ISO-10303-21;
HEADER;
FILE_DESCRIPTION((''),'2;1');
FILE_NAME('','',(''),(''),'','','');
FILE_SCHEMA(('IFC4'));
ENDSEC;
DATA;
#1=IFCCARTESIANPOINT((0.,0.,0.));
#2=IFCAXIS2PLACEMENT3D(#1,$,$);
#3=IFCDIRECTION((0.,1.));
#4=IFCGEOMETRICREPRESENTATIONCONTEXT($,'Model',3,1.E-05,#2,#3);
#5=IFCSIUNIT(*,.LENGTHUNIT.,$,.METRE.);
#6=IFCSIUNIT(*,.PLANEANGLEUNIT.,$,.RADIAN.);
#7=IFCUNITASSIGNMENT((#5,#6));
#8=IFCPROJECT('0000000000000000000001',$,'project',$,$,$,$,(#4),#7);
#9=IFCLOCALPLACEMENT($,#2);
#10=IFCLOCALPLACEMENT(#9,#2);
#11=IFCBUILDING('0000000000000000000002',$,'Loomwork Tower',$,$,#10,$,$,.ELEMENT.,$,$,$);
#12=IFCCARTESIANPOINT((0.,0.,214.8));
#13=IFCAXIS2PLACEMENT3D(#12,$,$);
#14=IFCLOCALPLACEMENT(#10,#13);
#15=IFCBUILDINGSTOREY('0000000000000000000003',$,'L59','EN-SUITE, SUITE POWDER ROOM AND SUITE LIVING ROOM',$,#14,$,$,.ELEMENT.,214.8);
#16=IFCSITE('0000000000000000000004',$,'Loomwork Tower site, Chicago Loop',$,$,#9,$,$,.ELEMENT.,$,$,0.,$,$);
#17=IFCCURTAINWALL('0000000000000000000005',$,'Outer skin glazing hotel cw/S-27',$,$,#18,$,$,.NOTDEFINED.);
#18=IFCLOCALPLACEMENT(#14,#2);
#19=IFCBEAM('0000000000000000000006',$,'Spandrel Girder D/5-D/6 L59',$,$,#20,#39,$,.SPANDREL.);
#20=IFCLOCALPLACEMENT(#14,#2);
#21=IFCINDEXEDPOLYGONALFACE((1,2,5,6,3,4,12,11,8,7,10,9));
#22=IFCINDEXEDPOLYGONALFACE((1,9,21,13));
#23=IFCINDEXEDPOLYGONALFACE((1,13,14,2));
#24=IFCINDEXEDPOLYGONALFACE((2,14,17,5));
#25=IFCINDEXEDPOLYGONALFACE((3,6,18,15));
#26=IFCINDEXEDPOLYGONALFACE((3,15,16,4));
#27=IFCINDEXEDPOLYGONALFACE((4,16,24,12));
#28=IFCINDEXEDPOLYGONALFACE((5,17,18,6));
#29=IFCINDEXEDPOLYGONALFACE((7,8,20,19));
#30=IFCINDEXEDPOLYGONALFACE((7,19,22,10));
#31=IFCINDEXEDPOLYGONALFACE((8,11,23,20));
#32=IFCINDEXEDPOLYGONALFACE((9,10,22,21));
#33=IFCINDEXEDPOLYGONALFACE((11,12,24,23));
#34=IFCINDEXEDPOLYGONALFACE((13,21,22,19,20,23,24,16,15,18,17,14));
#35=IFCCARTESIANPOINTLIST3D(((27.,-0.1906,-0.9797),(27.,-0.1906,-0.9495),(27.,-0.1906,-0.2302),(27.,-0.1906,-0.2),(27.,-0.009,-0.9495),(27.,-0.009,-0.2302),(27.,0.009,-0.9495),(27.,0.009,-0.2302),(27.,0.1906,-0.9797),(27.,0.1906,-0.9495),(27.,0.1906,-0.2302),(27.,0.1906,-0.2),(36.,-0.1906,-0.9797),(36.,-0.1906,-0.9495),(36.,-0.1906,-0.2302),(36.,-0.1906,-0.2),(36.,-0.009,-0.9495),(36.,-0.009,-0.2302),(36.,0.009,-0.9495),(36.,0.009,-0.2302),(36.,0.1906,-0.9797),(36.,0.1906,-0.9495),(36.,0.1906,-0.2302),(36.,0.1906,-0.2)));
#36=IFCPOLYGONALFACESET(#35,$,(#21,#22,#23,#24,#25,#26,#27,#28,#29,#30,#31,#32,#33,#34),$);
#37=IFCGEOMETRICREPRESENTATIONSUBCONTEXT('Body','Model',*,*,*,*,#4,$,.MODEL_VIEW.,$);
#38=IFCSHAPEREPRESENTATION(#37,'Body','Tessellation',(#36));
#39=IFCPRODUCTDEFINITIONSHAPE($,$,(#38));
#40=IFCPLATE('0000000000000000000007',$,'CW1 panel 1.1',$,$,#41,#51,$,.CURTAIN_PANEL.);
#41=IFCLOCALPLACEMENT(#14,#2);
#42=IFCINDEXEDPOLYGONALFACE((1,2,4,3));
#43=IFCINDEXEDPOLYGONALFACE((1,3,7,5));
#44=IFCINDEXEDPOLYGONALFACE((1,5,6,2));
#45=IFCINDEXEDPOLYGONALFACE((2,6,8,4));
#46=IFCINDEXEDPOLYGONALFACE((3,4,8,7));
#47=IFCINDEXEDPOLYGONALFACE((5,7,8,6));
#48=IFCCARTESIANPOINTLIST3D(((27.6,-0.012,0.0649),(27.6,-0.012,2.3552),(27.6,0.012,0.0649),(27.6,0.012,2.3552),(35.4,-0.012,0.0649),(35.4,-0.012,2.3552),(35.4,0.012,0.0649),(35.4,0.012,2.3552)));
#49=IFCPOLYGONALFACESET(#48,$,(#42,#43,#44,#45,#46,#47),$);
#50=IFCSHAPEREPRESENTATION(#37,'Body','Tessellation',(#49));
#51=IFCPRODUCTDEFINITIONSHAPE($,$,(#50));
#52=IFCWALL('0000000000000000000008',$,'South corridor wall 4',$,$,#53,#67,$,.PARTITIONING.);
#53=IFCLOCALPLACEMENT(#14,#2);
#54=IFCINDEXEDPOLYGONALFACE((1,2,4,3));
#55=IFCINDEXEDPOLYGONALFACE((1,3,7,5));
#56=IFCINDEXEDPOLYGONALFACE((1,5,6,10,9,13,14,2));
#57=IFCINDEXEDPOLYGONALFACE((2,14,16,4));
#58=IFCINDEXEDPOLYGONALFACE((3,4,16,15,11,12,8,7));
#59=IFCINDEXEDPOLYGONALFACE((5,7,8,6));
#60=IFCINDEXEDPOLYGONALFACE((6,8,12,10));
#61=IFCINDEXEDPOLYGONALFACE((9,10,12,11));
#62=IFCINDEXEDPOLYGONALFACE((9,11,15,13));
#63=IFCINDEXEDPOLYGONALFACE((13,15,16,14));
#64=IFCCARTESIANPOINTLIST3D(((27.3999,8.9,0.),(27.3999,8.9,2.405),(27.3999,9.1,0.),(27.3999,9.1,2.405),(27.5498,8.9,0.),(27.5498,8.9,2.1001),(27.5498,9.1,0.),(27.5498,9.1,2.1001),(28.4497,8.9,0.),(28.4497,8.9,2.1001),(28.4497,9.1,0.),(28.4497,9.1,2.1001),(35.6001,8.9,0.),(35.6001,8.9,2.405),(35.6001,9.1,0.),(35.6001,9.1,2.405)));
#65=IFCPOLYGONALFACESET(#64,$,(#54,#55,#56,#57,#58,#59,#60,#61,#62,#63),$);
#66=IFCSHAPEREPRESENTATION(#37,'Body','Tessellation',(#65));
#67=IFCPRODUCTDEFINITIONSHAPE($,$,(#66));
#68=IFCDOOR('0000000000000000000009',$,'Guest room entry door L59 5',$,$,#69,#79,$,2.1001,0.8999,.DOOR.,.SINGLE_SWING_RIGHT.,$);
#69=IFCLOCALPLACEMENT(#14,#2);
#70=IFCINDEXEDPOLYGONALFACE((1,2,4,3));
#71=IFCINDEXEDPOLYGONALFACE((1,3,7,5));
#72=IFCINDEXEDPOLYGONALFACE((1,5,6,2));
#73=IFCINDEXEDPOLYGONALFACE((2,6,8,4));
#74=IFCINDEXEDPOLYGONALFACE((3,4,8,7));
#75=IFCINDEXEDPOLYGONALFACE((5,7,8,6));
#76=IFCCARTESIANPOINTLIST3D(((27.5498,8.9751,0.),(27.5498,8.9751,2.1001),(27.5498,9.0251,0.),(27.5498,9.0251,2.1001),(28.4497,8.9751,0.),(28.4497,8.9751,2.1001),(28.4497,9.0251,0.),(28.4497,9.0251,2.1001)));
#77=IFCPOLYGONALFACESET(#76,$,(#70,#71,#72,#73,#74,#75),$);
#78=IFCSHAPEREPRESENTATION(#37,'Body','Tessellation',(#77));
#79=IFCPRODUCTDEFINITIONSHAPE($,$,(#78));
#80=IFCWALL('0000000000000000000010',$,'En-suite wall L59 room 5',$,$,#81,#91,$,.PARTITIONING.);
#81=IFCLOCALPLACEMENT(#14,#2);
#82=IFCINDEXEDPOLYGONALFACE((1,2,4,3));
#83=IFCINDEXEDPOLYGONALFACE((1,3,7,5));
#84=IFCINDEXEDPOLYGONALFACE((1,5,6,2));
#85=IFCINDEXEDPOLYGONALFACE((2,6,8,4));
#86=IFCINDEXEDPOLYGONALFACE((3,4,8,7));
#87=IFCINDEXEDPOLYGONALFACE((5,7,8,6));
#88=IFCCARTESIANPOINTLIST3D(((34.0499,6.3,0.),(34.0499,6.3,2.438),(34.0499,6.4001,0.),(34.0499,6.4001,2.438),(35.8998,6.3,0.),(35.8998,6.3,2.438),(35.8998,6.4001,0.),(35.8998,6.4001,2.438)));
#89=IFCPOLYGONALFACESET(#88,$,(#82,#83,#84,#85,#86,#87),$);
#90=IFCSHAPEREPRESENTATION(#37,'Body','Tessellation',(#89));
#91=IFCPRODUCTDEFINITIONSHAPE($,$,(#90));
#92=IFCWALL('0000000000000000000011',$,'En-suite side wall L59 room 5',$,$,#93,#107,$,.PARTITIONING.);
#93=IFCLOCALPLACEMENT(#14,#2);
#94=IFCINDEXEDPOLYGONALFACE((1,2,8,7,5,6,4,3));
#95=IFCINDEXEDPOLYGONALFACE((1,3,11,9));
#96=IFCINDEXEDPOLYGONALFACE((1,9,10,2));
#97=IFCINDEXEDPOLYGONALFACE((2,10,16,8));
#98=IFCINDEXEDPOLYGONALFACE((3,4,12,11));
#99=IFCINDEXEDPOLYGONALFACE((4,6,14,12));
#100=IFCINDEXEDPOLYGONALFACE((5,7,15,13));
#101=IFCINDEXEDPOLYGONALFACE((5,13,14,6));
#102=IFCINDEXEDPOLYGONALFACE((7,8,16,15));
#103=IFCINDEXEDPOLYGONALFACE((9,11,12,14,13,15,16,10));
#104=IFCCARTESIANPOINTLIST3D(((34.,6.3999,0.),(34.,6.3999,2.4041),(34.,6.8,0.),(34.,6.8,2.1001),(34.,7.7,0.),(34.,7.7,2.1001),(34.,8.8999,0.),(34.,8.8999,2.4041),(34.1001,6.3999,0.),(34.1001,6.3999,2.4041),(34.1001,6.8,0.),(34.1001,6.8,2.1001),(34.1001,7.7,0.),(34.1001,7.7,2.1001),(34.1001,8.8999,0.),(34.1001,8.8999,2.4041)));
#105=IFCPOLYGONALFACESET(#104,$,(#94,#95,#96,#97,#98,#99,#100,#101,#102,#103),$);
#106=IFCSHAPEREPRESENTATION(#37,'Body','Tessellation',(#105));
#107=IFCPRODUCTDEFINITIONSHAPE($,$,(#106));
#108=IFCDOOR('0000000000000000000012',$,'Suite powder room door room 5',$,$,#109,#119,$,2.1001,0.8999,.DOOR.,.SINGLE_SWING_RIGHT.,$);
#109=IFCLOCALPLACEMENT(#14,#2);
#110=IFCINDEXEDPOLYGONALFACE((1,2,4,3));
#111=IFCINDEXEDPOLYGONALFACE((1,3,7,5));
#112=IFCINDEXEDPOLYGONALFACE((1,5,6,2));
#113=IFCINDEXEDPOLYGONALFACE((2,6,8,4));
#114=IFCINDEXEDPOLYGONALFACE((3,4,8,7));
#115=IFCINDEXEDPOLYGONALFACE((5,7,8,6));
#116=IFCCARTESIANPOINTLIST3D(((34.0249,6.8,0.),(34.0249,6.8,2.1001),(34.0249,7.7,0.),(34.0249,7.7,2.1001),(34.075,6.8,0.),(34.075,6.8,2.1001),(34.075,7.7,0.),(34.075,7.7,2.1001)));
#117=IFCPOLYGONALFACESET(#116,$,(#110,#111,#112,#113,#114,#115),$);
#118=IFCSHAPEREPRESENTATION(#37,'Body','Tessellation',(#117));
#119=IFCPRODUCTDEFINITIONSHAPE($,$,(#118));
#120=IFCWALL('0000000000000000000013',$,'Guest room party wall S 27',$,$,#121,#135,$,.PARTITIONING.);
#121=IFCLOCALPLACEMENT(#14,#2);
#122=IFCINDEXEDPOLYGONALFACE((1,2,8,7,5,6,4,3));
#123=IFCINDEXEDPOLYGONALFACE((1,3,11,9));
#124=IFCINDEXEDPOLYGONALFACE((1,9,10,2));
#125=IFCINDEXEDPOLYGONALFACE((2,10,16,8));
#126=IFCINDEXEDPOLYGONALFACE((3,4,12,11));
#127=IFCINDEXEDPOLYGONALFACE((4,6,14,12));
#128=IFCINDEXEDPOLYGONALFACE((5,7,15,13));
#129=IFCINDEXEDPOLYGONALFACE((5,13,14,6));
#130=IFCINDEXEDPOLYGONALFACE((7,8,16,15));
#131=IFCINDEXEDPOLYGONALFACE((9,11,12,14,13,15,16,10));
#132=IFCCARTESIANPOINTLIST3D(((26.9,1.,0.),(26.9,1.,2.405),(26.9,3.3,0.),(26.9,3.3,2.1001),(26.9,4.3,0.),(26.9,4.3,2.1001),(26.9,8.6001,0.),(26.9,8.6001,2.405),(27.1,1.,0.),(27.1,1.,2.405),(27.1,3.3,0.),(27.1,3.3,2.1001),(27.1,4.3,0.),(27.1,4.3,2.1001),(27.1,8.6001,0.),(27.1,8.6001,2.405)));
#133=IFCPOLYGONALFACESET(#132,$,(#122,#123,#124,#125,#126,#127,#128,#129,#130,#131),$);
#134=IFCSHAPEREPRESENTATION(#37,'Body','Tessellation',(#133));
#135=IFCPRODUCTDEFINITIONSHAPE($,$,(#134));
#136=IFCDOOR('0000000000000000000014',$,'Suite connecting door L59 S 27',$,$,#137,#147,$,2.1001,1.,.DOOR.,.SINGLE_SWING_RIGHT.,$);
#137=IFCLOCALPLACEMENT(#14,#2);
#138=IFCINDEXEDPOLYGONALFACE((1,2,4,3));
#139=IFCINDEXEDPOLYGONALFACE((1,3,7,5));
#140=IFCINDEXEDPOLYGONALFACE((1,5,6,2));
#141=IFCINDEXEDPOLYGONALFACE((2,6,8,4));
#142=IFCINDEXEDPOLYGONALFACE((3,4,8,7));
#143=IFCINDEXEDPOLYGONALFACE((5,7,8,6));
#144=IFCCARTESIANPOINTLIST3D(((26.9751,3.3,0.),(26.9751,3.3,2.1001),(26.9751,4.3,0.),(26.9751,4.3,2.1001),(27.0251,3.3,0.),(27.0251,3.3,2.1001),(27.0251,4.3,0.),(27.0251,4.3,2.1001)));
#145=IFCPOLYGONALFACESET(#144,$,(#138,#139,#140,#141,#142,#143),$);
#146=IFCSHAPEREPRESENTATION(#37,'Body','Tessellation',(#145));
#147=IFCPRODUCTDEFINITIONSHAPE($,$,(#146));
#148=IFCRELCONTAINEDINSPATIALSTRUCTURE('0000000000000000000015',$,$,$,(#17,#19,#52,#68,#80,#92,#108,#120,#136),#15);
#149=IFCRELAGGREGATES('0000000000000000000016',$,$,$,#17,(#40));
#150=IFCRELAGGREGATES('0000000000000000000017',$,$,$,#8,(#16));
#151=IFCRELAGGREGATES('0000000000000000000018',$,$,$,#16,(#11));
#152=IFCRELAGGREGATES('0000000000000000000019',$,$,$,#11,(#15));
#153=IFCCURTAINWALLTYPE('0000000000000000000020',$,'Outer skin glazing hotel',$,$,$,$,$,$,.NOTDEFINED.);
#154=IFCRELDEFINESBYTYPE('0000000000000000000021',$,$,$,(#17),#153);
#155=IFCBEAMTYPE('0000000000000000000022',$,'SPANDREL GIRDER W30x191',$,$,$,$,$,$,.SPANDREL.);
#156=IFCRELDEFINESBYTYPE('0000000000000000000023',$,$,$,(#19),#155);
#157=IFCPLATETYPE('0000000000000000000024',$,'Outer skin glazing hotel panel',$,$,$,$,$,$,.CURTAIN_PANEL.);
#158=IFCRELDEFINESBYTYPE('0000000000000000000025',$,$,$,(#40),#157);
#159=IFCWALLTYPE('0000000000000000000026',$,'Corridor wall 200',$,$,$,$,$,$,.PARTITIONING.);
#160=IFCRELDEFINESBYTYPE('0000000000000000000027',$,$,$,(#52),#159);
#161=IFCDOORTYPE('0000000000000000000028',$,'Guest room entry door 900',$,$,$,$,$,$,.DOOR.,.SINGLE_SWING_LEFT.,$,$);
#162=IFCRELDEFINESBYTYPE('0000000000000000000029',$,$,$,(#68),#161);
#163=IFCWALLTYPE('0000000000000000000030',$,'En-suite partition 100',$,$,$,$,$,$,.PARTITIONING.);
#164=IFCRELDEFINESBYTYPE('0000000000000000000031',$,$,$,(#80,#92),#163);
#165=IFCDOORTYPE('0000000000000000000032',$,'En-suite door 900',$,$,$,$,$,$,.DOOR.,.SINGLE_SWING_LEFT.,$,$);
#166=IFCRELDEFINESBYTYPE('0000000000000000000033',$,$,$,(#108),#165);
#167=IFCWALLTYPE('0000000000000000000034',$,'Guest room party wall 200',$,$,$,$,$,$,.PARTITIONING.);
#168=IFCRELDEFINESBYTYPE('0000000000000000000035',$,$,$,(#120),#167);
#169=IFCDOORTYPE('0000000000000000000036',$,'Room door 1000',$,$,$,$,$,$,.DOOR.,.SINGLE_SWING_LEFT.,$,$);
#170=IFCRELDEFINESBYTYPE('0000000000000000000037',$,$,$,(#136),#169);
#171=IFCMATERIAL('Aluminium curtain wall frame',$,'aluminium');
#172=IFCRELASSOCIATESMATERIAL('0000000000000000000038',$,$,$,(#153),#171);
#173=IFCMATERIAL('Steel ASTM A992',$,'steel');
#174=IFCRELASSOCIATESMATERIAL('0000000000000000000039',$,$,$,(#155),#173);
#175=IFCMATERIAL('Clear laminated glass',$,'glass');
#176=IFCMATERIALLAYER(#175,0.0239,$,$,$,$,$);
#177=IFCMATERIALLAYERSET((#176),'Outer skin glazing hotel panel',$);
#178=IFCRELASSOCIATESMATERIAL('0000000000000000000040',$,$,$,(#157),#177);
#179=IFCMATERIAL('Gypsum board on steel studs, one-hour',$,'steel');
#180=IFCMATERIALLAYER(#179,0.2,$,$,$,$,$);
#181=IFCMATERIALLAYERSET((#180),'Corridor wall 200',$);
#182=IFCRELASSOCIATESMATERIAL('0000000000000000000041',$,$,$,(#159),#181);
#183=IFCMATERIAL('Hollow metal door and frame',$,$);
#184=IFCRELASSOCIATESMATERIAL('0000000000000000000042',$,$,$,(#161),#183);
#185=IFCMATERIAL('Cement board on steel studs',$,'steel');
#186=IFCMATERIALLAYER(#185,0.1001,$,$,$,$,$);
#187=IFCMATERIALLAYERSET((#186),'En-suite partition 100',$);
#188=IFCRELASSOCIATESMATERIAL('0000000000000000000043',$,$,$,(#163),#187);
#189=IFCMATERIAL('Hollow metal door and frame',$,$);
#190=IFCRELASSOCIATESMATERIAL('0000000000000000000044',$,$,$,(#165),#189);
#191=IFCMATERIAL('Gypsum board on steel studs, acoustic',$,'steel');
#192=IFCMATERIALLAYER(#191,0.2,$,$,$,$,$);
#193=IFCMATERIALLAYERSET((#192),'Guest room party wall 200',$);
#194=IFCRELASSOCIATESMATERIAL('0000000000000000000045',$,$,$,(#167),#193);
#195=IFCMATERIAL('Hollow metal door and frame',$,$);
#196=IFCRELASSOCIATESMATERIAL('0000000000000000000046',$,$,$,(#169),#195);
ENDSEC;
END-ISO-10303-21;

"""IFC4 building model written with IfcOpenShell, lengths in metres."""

from ifc_helpers import new_model, si_unit, direction, frame, frame_2d, origin, origin_2d, place, context, subcontext, project, spatial, rectangle, i_section, extrude, material, layer, layer_set, material_profile, profile_set, type_object, element, fill, aggregate, save


model = new_model("IFC4")

# Units and contexts
model_context = context("Model", 3, precision=1e-05, world=origin(), true_north=direction((0.0, 1.0)))
body_context = subcontext(model_context, "Body", "Model", "MODEL_VIEW")
ifc_project = project(units=[si_unit("LENGTHUNIT", "METRE"), si_unit("PLANEANGLEUNIT", "RADIAN")], contexts=[model_context])

# Site, building, storey
site_placement = place(None, origin())
site = spatial("IfcSite", under=ifc_project, at=site_placement, Name="Loomwork Tower site, Chicago Loop", CompositionType="ELEMENT", RefElevation=0.0)
building_placement = place(site_placement, origin())
building = spatial("IfcBuilding", under=site, at=building_placement, Name="Loomwork Tower", CompositionType="ELEMENT")
storey_placement = place(building_placement, frame((0.0, 0.0, 214.8)))
storey = spatial("IfcBuildingStorey", under=building, at=storey_placement, Name="L59", Description="EN-SUITE, SUITE POWDER ROOM AND SUITE LIVING ROOM", CompositionType="ELEMENT", Elevation=214.8)

# Curtain wall
ifc_material_1 = material(Name="Aluminium curtain wall frame", Category="aluminium")
curtain_wall_type = type_object("IfcCurtainWallType", Name="Outer skin glazing hotel", PredefinedType="NOTDEFINED", material=ifc_material_1)
curtain_wall_placement = place(storey_placement, origin())
curtain_wall = element("IfcCurtainWall", 1, at=curtain_wall_placement, inside=storey, type_object=curtain_wall_type, Name="Outer skin glazing hotel cw/S-27", PredefinedType="NOTDEFINED")

# Beam
ifc_material_2 = material(Name="Steel ASTM A992", Category="steel")
ifc_material_profile_1 = material_profile(ifc_material_2, i_section(OverallWidth=0.3811, OverallDepth=0.7798, WebThickness=0.0181, FlangeThickness=0.0303, at=origin_2d()), Name="W30x191")
ifc_profile_set_1 = profile_set([ifc_material_profile_1], Name="Steel ASTM A992")
beam_type_1 = type_object("IfcBeamType", Name="SPANDREL GIRDER W30x191", PredefinedType="SPANDREL", material=ifc_profile_set_1)
beam_1_placement = place(storey_placement, frame((27.0, 0.0, -0.5898), z_axis=(1.0, 0.0, 0.0), x_axis=(0.0, 1.0, 0.0)))
element("IfcBeam", 2, at=beam_1_placement, inside=storey, type_object=beam_type_1, Name="Spandrel Girder D/5-D/6 L59", PredefinedType="SPANDREL", context=body_context, shape_type="SweptSolid", body=[
    extrude(i_section(OverallWidth=0.3811, OverallDepth=0.7798, WebThickness=0.0181, FlangeThickness=0.0303, at=origin_2d()), origin(), (0.0, 0.0, 1.0), 9.0),
])

# Plate
ifc_material_3 = material(Name="Clear laminated glass", Category="glass")
ifc_layer_1 = layer(ifc_material_3, 0.0239)
ifc_layer_set_1 = layer_set([ifc_layer_1], Name="Outer skin glazing hotel panel")
plate_type = type_object("IfcPlateType", Name="Outer skin glazing hotel panel", PredefinedType="CURTAIN_PANEL", material=ifc_layer_set_1)
plate_placement = place(storey_placement, frame((31.5, 0.0, 0.0649), z_axis=(0.0, 0.0, 1.0), x_axis=(1.0, 0.0, 0.0)))
plate = element("IfcPlate", 3, at=plate_placement, type_object=plate_type, Name="CW1 panel 1.1", PredefinedType="CURTAIN_PANEL", context=body_context, shape_type="SweptSolid", body=[
    extrude(rectangle(XDim=7.8, YDim=0.0239, at=origin_2d()), origin(), (0.0, 0.0, 1.0), 2.2903),
])
aggregate(curtain_wall, [plate])

# Wall, opening, door
ifc_material_4 = material(Name="Gypsum board on steel studs, one-hour", Category="steel")
ifc_layer_2 = layer(ifc_material_4, 0.2)
ifc_layer_set_2 = layer_set([ifc_layer_2], Name="Corridor wall 200")
wall_type_1 = type_object("IfcWallType", Name="Corridor wall 200", PredefinedType="PARTITIONING", material=ifc_layer_set_2)
wall_1_placement = place(storey_placement, frame((27.3999, 9.0, 0.0), z_axis=(0.0, 0.0, 1.0), x_axis=(1.0, 0.0, 0.0)))
wall_1 = element("IfcWall", 4, at=wall_1_placement, inside=storey, type_object=wall_type_1, Name="South corridor wall 4", PredefinedType="PARTITIONING", context=body_context, shape_type="SweptSolid", body=[
    extrude(rectangle(XDim=8.2002, YDim=0.2, at=frame_2d((4.1001, 0.0))), origin(), (0.0, 0.0, 1.0), 2.405),
])
opening_1_placement = place(wall_1_placement, frame((0.1499, 0.0, 0.0)))
opening_1 = element("IfcOpeningElement", 5, at=opening_1_placement, cuts=wall_1, PredefinedType="OPENING", context=body_context, shape_type="SweptSolid", body=[
    extrude(rectangle(XDim=0.8999, YDim=2.1001, at=frame_2d((0.45, 1.05))), frame((0.0, 0.1099, 0.0), z_axis=(0.0, -1.0, 0.0), x_axis=(1.0, 0.0, 0.0)), (0.0, 0.0, 1.0), 0.22),
])
ifc_material_5 = material(Name="Hollow metal door and frame")
door_type_1 = type_object("IfcDoorType", Name="Guest room entry door 900", OperationType="SINGLE_SWING_LEFT", PredefinedType="DOOR", material=ifc_material_5)
door_1_placement = place(opening_1_placement, frame((0.8999, 0.0, 0.0), z_axis=(0.0, 0.0, 1.0), x_axis=(-1.0, 0.0, 0.0)))
door_1 = element("IfcDoor", 6, at=door_1_placement, inside=storey, type_object=door_type_1, Name="Guest room entry door L59 5", OperationType="SINGLE_SWING_RIGHT", OverallHeight=2.1001, OverallWidth=0.8999, PredefinedType="DOOR", context=body_context, shape_type="SweptSolid", body=[
    extrude(rectangle(XDim=0.8999, YDim=2.1001, at=frame_2d((0.45, 1.05))), frame((0.0, 0.0249, 0.0), z_axis=(0.0, -1.0, 0.0), x_axis=(1.0, 0.0, 0.0)), (0.0, 0.0, 1.0), 0.05),
])
fill(opening_1, door_1)

# Wall
ifc_material_6 = material(Name="Cement board on steel studs", Category="steel")
ifc_layer_3 = layer(ifc_material_6, 0.1001)
ifc_layer_set_3 = layer_set([ifc_layer_3], Name="En-suite partition 100")
wall_type_2 = type_object("IfcWallType", Name="En-suite partition 100", PredefinedType="PARTITIONING", material=ifc_layer_set_3)
wall_2_placement = place(storey_placement, frame((34.05, 6.3501, 0.0), z_axis=(0.0, 0.0, 1.0), x_axis=(1.0, 0.0, 0.0)))
element("IfcWall", 7, at=wall_2_placement, inside=storey, type_object=wall_type_2, Name="En-suite wall L59 room 5", PredefinedType="PARTITIONING", context=body_context, shape_type="SweptSolid", body=[
    extrude(rectangle(XDim=1.8499, YDim=0.1001, at=frame_2d((0.9248, 0.0))), origin(), (0.0, 0.0, 1.0), 2.438),
])

# Walls, openings, doors
wall_3_placement = place(storey_placement, frame((34.05, 8.8999, 0.0), z_axis=(0.0, 0.0, 1.0), x_axis=(0.0, -1.0, 0.0)))
wall_3 = element("IfcWall", 8, at=wall_3_placement, inside=storey, type_object=wall_type_2, Name="En-suite side wall L59 room 5", PredefinedType="PARTITIONING", context=body_context, shape_type="SweptSolid", body=[
    extrude(rectangle(XDim=2.5, YDim=0.1001, at=frame_2d((1.25, 0.0))), origin(), (0.0, 0.0, 1.0), 2.4041),
])
opening_2_placement = place(wall_3_placement, frame((1.2, 0.0, 0.0)))
opening_2 = element("IfcOpeningElement", 9, at=opening_2_placement, cuts=wall_3, PredefinedType="OPENING", context=body_context, shape_type="SweptSolid", body=[
    extrude(rectangle(XDim=0.8999, YDim=2.1001, at=frame_2d((0.45, 1.05))), frame((0.0, 0.0601, 0.0), z_axis=(0.0, -1.0, 0.0), x_axis=(1.0, 0.0, 0.0)), (0.0, 0.0, 1.0), 0.1201),
])
ifc_material_7 = material(Name="Hollow metal door and frame")
door_type_2 = type_object("IfcDoorType", Name="En-suite door 900", OperationType="SINGLE_SWING_LEFT", PredefinedType="DOOR", material=ifc_material_7)
door_2_placement = place(opening_2_placement, origin())
door_2 = element("IfcDoor", 10, at=door_2_placement, inside=storey, type_object=door_type_2, Name="Suite powder room door room 5", OperationType="SINGLE_SWING_RIGHT", OverallHeight=2.1001, OverallWidth=0.8999, PredefinedType="DOOR", context=body_context, shape_type="SweptSolid", body=[
    extrude(rectangle(XDim=0.8999, YDim=2.1001, at=frame_2d((0.45, 1.05))), frame((0.0, 0.0249, 0.0), z_axis=(0.0, -1.0, 0.0), x_axis=(1.0, 0.0, 0.0)), (0.0, 0.0, 1.0), 0.05),
])
fill(opening_2, door_2)
ifc_material_8 = material(Name="Gypsum board on steel studs, acoustic", Category="steel")
ifc_layer_4 = layer(ifc_material_8, 0.2)
ifc_layer_set_4 = layer_set([ifc_layer_4], Name="Guest room party wall 200")
wall_type_3 = type_object("IfcWallType", Name="Guest room party wall 200", PredefinedType="PARTITIONING", material=ifc_layer_set_4)
wall_4_placement = place(storey_placement, frame((27.0, 8.6001, 0.0), z_axis=(0.0, 0.0, 1.0), x_axis=(0.0, -1.0, 0.0)))
wall_4 = element("IfcWall", 11, at=wall_4_placement, inside=storey, type_object=wall_type_3, Name="Guest room party wall S 27", PredefinedType="PARTITIONING", context=body_context, shape_type="SweptSolid", body=[
    extrude(rectangle(XDim=7.6001, YDim=0.2, at=frame_2d((3.8, 0.0))), origin(), (0.0, 0.0, 1.0), 2.405),
])
opening_3_placement = place(wall_4_placement, frame((4.3, 0.0, 0.0)))
opening_3 = element("IfcOpeningElement", 12, at=opening_3_placement, cuts=wall_4, PredefinedType="OPENING", context=body_context, shape_type="SweptSolid", body=[
    extrude(rectangle(XDim=1.0, YDim=2.1001, at=frame_2d((0.5, 1.05))), frame((0.0, 0.1099, 0.0), z_axis=(0.0, -1.0, 0.0), x_axis=(1.0, 0.0, 0.0)), (0.0, 0.0, 1.0), 0.22),
])
ifc_material_9 = material(Name="Hollow metal door and frame")
door_type_3 = type_object("IfcDoorType", Name="Room door 1000", OperationType="SINGLE_SWING_LEFT", PredefinedType="DOOR", material=ifc_material_9)
door_3_placement = place(opening_3_placement, frame((1.0, 0.0, 0.0), z_axis=(0.0, 0.0, 1.0), x_axis=(-1.0, 0.0, 0.0)))
door_3 = element("IfcDoor", 13, at=door_3_placement, inside=storey, type_object=door_type_3, Name="Suite connecting door L59 S 27", OperationType="SINGLE_SWING_RIGHT", OverallHeight=2.1001, OverallWidth=1.0, PredefinedType="DOOR", context=body_context, shape_type="SweptSolid", body=[
    extrude(rectangle(XDim=1.0, YDim=2.1001, at=frame_2d((0.5, 1.05))), frame((0.0, 0.0249, 0.0), z_axis=(0.0, -1.0, 0.0), x_axis=(1.0, 0.0, 0.0)), (0.0, 0.0, 1.0), 0.05),
])
fill(opening_3, door_3)

save(model, "model.ifc")
